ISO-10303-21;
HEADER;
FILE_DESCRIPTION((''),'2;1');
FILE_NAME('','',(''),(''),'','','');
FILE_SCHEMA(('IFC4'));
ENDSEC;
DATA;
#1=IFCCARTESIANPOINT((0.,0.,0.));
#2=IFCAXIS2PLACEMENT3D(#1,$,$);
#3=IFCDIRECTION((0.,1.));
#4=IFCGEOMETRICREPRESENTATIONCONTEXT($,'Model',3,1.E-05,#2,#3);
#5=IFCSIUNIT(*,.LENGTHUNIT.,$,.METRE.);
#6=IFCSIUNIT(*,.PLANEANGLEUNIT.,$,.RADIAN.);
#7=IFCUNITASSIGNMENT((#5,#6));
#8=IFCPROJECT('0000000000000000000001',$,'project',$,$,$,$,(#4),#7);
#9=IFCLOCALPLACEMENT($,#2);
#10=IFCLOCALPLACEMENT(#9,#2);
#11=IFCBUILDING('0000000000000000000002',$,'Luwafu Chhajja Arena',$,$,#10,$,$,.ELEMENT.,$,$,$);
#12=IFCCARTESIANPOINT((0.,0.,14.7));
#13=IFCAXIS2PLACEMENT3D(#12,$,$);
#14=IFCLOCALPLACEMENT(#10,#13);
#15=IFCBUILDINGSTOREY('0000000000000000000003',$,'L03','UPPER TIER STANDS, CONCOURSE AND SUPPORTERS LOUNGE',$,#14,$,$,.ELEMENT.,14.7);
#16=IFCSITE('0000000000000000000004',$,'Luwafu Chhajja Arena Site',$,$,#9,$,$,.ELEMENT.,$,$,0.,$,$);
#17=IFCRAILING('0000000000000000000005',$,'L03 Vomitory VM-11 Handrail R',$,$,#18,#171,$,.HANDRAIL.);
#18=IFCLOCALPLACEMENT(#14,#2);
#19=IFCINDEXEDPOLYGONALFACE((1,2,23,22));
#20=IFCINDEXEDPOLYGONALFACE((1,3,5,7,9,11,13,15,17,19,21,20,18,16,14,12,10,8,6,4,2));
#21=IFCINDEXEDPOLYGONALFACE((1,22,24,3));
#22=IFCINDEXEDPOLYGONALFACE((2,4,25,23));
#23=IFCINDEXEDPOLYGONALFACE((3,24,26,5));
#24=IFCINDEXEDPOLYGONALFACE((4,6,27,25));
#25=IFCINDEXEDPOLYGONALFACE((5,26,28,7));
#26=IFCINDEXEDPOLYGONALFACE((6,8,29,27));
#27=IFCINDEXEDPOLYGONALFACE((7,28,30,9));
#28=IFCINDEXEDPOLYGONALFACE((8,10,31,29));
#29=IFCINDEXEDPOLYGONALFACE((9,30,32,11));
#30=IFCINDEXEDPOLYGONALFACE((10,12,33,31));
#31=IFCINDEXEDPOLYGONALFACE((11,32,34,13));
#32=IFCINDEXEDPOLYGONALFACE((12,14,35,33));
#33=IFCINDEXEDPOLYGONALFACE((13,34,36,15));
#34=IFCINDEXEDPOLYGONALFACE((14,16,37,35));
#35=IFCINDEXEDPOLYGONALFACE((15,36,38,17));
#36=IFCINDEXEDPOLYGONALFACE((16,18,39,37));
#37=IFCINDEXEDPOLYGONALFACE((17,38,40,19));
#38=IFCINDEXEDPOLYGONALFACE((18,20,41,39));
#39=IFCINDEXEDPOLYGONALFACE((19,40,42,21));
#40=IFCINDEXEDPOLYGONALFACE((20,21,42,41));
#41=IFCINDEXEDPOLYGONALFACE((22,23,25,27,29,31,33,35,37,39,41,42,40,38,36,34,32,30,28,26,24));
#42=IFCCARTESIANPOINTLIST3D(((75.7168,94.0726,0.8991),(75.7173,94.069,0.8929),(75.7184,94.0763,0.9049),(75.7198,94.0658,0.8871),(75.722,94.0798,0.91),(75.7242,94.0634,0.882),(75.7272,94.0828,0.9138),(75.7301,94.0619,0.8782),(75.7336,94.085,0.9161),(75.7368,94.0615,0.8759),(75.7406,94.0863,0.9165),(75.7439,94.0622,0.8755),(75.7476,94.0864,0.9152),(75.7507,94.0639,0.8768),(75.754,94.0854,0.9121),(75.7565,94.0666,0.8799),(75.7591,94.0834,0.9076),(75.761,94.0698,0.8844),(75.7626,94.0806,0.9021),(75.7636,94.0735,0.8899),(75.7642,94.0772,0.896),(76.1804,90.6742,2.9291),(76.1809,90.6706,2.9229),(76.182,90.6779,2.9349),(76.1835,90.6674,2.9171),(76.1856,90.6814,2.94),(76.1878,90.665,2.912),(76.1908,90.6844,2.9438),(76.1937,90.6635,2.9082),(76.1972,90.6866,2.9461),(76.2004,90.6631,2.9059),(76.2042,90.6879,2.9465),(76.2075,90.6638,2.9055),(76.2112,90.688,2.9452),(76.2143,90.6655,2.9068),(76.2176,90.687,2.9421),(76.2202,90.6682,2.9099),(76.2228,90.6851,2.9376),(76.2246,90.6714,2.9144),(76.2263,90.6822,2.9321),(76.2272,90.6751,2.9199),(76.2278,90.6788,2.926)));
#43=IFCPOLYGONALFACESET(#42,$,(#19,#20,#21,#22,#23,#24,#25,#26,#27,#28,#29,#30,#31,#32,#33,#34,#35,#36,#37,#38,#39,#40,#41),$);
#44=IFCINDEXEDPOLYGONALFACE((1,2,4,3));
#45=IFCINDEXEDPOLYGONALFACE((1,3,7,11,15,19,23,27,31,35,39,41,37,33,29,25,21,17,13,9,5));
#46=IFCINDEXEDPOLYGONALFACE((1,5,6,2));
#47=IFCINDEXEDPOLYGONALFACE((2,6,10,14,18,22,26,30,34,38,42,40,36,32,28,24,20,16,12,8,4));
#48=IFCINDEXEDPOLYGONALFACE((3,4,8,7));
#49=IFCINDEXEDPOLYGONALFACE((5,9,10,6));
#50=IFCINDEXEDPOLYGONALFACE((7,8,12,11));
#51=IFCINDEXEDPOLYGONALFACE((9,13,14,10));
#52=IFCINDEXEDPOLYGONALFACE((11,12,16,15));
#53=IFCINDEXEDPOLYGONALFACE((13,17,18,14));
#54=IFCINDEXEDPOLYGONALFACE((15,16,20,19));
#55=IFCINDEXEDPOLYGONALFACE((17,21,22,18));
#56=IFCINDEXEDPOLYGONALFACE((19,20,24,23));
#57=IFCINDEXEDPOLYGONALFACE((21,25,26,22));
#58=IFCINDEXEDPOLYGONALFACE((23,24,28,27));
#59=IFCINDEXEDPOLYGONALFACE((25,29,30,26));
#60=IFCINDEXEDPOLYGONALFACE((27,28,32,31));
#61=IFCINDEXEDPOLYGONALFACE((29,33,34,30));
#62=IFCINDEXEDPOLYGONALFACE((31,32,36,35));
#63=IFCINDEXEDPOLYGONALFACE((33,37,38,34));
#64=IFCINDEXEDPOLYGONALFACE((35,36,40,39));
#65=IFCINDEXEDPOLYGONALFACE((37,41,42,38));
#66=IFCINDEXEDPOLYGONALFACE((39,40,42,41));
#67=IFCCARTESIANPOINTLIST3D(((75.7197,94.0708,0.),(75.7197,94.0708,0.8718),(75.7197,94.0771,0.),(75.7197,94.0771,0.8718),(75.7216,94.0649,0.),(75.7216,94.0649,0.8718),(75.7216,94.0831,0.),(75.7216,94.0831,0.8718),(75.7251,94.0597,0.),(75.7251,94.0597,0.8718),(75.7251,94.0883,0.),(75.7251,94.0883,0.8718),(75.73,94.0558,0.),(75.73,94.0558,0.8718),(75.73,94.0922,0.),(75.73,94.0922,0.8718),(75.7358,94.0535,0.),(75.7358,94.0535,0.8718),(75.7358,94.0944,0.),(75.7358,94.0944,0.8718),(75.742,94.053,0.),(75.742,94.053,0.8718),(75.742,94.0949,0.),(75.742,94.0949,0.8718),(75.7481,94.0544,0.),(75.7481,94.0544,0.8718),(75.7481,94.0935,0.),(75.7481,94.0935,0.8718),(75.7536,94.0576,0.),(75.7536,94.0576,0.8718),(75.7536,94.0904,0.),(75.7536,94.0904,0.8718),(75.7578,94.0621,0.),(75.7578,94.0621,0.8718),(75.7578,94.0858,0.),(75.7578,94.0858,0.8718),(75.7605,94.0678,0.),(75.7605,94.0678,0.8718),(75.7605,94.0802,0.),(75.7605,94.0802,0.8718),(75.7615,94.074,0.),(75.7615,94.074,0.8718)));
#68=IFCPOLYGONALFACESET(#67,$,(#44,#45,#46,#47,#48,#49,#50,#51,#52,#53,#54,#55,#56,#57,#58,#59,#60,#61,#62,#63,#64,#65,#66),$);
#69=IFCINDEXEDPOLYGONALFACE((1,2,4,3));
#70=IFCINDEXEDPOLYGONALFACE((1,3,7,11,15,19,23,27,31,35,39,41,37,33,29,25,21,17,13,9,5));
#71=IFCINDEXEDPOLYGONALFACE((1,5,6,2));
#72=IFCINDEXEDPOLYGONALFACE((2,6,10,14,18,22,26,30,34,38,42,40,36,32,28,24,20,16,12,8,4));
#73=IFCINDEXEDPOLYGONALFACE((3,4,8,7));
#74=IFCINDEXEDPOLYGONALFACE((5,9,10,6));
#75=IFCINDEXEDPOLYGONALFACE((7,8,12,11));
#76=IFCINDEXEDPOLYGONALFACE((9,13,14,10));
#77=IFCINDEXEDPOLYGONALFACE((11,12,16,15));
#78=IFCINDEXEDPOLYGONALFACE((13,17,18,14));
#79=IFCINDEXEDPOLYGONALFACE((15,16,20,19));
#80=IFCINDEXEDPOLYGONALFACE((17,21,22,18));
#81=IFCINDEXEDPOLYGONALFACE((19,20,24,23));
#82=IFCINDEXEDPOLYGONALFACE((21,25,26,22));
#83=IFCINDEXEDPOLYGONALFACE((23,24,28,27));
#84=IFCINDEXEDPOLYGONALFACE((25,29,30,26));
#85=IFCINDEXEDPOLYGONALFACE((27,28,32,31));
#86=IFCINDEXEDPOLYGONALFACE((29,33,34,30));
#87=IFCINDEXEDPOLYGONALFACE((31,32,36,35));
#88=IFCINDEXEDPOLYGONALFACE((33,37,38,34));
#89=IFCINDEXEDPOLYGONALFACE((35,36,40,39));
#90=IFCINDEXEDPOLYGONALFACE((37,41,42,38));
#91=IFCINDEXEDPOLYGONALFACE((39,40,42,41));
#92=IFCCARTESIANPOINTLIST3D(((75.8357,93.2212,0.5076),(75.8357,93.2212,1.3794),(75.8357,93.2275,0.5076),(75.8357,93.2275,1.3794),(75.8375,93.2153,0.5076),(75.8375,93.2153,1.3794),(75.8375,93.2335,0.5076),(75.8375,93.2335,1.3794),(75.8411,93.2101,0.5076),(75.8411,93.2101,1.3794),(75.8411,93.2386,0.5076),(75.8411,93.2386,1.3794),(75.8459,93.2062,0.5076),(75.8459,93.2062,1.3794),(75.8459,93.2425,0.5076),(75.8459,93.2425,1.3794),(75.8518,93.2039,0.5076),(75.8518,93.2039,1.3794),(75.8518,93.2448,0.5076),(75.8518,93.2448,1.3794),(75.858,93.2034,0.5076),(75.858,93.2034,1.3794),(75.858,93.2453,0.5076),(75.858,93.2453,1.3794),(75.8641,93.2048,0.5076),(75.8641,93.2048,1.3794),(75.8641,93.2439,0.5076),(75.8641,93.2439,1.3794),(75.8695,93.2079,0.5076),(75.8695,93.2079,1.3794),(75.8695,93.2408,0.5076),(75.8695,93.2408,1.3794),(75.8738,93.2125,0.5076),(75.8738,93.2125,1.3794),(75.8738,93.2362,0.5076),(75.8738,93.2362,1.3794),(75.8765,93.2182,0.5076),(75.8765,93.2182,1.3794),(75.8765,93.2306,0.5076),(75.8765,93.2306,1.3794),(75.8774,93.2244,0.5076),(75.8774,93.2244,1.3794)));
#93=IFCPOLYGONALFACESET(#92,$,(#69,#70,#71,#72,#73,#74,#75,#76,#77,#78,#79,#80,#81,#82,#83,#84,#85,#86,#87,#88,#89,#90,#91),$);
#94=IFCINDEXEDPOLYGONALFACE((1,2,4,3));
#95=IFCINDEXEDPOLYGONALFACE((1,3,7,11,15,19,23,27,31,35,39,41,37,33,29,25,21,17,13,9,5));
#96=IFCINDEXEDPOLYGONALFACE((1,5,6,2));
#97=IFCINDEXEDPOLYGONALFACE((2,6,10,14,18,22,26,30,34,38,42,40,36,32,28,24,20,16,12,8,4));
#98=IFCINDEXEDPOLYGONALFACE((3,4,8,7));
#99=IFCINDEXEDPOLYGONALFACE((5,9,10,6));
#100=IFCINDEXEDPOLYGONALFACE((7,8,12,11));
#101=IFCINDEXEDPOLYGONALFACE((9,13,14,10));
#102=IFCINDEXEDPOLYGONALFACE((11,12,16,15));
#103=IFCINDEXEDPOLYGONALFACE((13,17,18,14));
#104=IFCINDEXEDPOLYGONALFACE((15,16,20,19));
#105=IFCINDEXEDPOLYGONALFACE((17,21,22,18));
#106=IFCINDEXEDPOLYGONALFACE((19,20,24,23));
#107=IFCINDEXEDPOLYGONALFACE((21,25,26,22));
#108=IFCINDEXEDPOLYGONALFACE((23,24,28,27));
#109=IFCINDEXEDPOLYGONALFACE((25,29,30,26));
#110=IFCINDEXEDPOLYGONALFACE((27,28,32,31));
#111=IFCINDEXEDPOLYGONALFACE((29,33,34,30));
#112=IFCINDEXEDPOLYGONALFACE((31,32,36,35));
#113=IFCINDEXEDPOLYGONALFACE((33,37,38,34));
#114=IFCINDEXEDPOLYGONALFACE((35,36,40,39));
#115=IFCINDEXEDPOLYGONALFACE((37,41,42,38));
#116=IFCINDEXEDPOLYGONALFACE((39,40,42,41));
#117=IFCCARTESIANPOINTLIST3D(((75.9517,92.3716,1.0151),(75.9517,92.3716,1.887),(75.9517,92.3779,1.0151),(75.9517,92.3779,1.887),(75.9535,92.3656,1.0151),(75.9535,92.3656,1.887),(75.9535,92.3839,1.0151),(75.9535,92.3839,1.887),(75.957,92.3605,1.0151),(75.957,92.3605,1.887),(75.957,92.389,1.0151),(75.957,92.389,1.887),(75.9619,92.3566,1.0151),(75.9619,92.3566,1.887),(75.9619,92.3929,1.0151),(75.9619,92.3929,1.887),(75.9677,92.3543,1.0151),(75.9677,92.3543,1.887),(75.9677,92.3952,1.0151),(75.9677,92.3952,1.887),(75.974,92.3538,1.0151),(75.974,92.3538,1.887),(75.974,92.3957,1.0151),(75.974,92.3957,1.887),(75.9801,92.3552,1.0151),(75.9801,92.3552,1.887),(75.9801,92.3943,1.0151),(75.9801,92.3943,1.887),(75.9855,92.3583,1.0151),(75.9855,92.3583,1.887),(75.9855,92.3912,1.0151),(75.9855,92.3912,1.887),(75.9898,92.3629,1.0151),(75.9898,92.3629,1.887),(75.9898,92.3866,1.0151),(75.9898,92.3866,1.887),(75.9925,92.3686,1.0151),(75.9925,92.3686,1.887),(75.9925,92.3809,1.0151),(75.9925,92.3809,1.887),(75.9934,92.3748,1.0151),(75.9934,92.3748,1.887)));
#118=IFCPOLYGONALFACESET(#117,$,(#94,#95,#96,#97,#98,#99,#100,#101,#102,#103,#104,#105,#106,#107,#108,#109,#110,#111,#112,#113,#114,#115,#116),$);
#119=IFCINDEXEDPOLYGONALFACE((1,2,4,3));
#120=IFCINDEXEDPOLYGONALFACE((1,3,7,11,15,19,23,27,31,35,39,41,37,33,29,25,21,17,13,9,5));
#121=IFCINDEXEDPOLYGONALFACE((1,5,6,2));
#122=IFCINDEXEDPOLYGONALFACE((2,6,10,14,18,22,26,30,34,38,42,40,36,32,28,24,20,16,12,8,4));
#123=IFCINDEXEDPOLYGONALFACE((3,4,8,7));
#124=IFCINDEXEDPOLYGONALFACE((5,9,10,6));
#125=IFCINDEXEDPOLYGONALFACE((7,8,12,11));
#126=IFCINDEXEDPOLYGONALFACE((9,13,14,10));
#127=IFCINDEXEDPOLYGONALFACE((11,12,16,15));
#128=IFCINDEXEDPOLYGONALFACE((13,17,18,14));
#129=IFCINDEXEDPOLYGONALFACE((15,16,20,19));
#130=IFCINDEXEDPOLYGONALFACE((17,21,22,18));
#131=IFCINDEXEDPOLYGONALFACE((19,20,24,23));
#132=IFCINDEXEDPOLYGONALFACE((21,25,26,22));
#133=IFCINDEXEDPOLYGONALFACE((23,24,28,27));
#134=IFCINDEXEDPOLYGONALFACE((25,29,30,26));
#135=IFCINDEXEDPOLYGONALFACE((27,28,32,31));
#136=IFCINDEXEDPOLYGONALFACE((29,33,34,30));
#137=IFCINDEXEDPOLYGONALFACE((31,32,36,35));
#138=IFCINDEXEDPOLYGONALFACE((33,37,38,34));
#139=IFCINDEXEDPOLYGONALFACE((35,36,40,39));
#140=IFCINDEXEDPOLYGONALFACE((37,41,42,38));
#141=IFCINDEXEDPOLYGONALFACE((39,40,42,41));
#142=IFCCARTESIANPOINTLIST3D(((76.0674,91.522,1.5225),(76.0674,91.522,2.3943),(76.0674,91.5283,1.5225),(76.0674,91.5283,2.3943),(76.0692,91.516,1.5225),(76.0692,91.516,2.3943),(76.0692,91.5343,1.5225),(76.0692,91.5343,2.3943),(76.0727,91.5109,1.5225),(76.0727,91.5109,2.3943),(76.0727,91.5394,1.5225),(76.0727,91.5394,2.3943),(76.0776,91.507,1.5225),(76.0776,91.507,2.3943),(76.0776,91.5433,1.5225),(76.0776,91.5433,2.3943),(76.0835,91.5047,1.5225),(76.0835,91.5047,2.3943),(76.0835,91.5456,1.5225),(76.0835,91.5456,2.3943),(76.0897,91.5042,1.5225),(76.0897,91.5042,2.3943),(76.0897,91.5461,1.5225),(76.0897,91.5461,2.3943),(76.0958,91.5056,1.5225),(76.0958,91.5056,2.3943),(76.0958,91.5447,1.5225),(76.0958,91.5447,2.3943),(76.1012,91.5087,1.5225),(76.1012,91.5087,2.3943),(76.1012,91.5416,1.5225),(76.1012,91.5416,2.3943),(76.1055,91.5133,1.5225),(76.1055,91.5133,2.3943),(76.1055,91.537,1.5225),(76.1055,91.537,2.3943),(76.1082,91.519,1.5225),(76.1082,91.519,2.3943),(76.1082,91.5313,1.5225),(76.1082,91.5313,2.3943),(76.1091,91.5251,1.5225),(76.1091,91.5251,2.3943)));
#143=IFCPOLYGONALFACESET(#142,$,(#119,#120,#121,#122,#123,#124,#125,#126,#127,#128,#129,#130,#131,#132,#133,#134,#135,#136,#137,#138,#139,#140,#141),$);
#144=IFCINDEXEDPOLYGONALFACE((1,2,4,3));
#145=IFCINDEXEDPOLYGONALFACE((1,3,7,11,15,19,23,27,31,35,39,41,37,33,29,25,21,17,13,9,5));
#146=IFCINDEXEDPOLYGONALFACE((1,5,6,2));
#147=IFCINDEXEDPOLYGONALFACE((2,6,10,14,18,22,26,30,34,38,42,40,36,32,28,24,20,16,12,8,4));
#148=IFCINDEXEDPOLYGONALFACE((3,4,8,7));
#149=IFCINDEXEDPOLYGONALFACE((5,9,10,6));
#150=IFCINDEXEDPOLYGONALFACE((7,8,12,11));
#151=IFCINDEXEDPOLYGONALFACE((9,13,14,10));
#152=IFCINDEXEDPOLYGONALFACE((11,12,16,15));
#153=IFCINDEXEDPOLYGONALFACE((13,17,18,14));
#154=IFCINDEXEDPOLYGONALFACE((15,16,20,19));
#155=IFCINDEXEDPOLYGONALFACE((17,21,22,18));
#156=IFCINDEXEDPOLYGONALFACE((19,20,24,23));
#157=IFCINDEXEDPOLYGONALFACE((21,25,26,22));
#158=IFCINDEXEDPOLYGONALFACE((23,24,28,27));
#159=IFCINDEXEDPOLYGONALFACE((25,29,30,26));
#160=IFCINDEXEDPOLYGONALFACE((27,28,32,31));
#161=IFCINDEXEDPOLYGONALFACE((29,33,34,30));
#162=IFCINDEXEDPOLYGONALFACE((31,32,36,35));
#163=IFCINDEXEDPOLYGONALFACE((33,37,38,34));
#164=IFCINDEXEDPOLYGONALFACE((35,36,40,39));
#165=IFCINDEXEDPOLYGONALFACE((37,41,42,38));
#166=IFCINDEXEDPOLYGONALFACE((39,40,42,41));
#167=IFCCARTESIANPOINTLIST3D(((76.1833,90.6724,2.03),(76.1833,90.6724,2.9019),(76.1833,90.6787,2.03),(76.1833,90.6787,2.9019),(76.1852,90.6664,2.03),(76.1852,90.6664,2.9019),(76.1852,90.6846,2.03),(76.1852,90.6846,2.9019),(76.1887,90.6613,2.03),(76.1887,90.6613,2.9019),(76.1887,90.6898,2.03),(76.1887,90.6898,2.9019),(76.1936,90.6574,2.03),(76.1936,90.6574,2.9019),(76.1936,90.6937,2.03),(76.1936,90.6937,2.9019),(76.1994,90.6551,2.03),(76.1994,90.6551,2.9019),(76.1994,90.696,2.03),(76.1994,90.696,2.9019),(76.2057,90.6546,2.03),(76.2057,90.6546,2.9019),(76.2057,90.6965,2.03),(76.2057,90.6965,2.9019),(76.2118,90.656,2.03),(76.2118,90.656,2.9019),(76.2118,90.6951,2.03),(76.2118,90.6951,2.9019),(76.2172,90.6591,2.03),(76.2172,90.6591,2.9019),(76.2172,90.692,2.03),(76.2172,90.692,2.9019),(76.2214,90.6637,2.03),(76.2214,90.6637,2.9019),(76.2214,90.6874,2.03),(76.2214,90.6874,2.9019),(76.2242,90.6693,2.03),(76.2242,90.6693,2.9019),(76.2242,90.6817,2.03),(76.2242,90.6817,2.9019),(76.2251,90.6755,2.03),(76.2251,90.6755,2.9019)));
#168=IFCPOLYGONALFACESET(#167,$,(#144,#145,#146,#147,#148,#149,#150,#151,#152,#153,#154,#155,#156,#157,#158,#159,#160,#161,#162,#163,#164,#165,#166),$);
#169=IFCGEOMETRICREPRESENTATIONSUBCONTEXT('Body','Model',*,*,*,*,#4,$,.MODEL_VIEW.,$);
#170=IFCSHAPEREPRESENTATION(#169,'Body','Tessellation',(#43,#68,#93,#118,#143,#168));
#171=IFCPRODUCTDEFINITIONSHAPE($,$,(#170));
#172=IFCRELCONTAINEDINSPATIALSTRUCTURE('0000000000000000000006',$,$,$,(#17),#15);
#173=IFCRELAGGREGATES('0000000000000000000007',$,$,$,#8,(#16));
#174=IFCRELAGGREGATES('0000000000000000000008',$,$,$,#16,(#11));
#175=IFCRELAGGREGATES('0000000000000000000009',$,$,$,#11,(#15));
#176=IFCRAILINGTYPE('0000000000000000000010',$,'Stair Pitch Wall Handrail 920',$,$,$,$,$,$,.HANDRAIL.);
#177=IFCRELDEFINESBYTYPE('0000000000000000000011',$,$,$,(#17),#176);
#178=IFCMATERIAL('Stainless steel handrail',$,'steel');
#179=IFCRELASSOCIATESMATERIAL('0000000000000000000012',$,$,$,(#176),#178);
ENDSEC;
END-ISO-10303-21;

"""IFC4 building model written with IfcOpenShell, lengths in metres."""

from ifc_helpers import new_model, si_unit, direction, frame, origin, origin_2d, place, context, subcontext, project, spatial, circle, extrude, material, type_object, element, save


model = new_model("IFC4")

# Units and contexts
model_context = context("Model", 3, precision=1e-05, world=origin(), true_north=direction((0.0, 1.0)))
body_context = subcontext(model_context, "Body", "Model", "MODEL_VIEW")
ifc_project = project(units=[si_unit("LENGTHUNIT", "METRE"), si_unit("PLANEANGLEUNIT", "RADIAN")], contexts=[model_context])

# Site, building, storey
site_placement = place(None, origin())
site = spatial("IfcSite", under=ifc_project, at=site_placement, Name="Luwafu Chhajja Arena Site", CompositionType="ELEMENT", RefElevation=0.0)
building_placement = place(site_placement, origin())
building = spatial("IfcBuilding", under=site, at=building_placement, Name="Luwafu Chhajja Arena", CompositionType="ELEMENT")
storey_placement = place(building_placement, frame((0.0, 0.0, 14.7)))
storey = spatial("IfcBuildingStorey", under=building, at=storey_placement, Name="L03", Description="UPPER TIER STANDS, CONCOURSE AND SUPPORTERS LOUNGE", CompositionType="ELEMENT", Elevation=14.7)

# Railing
ifc_material_1 = material(Name="Stainless steel handrail", Category="steel")
railing_type_1 = type_object("IfcRailingType", Name="Stair Pitch Wall Handrail 920", PredefinedType="HANDRAIL", material=ifc_material_1)
for number, where, name in (
    (1, (75.7405, 94.074, 0.0), "L03 Vomitory VM-11 Handrail R"),
):
    element("IfcRailing", number, at=place(storey_placement, frame(where)), inside=storey, type_object=railing_type_1, Name=name, PredefinedType="HANDRAIL", context=body_context, shape_type="SweptSolid", body=[
        extrude(circle(Radius=0.0239, at=origin_2d()), frame((0.0, 0.0, 0.896), z_axis=(0.116323, -0.85267, 0.509336), x_axis=(0.990822, 0.13517, 0.0)), (0.0, 0.0, 1.0), 3.9856),
        extrude(circle(Radius=0.021, at=origin_2d()), origin(), (0.0, 0.0, 1.0), 0.8718),
        extrude(circle(Radius=0.021, at=origin_2d()), frame((0.116, -0.8496, 0.5076)), (0.0, 0.0, 1.0), 0.8718),
        extrude(circle(Radius=0.021, at=origin_2d()), frame((0.2319, -1.6992, 1.0151)), (0.0, 0.0, 1.0), 0.8718),
        extrude(circle(Radius=0.021, at=origin_2d()), frame((0.3477, -2.5488, 1.5225)), (0.0, 0.0, 1.0), 0.8718),
        extrude(circle(Radius=0.021, at=origin_2d()), frame((0.4636, -3.3984, 2.03)), (0.0, 0.0, 1.0), 0.8718),
    ])

save(model, "model.ifc")
